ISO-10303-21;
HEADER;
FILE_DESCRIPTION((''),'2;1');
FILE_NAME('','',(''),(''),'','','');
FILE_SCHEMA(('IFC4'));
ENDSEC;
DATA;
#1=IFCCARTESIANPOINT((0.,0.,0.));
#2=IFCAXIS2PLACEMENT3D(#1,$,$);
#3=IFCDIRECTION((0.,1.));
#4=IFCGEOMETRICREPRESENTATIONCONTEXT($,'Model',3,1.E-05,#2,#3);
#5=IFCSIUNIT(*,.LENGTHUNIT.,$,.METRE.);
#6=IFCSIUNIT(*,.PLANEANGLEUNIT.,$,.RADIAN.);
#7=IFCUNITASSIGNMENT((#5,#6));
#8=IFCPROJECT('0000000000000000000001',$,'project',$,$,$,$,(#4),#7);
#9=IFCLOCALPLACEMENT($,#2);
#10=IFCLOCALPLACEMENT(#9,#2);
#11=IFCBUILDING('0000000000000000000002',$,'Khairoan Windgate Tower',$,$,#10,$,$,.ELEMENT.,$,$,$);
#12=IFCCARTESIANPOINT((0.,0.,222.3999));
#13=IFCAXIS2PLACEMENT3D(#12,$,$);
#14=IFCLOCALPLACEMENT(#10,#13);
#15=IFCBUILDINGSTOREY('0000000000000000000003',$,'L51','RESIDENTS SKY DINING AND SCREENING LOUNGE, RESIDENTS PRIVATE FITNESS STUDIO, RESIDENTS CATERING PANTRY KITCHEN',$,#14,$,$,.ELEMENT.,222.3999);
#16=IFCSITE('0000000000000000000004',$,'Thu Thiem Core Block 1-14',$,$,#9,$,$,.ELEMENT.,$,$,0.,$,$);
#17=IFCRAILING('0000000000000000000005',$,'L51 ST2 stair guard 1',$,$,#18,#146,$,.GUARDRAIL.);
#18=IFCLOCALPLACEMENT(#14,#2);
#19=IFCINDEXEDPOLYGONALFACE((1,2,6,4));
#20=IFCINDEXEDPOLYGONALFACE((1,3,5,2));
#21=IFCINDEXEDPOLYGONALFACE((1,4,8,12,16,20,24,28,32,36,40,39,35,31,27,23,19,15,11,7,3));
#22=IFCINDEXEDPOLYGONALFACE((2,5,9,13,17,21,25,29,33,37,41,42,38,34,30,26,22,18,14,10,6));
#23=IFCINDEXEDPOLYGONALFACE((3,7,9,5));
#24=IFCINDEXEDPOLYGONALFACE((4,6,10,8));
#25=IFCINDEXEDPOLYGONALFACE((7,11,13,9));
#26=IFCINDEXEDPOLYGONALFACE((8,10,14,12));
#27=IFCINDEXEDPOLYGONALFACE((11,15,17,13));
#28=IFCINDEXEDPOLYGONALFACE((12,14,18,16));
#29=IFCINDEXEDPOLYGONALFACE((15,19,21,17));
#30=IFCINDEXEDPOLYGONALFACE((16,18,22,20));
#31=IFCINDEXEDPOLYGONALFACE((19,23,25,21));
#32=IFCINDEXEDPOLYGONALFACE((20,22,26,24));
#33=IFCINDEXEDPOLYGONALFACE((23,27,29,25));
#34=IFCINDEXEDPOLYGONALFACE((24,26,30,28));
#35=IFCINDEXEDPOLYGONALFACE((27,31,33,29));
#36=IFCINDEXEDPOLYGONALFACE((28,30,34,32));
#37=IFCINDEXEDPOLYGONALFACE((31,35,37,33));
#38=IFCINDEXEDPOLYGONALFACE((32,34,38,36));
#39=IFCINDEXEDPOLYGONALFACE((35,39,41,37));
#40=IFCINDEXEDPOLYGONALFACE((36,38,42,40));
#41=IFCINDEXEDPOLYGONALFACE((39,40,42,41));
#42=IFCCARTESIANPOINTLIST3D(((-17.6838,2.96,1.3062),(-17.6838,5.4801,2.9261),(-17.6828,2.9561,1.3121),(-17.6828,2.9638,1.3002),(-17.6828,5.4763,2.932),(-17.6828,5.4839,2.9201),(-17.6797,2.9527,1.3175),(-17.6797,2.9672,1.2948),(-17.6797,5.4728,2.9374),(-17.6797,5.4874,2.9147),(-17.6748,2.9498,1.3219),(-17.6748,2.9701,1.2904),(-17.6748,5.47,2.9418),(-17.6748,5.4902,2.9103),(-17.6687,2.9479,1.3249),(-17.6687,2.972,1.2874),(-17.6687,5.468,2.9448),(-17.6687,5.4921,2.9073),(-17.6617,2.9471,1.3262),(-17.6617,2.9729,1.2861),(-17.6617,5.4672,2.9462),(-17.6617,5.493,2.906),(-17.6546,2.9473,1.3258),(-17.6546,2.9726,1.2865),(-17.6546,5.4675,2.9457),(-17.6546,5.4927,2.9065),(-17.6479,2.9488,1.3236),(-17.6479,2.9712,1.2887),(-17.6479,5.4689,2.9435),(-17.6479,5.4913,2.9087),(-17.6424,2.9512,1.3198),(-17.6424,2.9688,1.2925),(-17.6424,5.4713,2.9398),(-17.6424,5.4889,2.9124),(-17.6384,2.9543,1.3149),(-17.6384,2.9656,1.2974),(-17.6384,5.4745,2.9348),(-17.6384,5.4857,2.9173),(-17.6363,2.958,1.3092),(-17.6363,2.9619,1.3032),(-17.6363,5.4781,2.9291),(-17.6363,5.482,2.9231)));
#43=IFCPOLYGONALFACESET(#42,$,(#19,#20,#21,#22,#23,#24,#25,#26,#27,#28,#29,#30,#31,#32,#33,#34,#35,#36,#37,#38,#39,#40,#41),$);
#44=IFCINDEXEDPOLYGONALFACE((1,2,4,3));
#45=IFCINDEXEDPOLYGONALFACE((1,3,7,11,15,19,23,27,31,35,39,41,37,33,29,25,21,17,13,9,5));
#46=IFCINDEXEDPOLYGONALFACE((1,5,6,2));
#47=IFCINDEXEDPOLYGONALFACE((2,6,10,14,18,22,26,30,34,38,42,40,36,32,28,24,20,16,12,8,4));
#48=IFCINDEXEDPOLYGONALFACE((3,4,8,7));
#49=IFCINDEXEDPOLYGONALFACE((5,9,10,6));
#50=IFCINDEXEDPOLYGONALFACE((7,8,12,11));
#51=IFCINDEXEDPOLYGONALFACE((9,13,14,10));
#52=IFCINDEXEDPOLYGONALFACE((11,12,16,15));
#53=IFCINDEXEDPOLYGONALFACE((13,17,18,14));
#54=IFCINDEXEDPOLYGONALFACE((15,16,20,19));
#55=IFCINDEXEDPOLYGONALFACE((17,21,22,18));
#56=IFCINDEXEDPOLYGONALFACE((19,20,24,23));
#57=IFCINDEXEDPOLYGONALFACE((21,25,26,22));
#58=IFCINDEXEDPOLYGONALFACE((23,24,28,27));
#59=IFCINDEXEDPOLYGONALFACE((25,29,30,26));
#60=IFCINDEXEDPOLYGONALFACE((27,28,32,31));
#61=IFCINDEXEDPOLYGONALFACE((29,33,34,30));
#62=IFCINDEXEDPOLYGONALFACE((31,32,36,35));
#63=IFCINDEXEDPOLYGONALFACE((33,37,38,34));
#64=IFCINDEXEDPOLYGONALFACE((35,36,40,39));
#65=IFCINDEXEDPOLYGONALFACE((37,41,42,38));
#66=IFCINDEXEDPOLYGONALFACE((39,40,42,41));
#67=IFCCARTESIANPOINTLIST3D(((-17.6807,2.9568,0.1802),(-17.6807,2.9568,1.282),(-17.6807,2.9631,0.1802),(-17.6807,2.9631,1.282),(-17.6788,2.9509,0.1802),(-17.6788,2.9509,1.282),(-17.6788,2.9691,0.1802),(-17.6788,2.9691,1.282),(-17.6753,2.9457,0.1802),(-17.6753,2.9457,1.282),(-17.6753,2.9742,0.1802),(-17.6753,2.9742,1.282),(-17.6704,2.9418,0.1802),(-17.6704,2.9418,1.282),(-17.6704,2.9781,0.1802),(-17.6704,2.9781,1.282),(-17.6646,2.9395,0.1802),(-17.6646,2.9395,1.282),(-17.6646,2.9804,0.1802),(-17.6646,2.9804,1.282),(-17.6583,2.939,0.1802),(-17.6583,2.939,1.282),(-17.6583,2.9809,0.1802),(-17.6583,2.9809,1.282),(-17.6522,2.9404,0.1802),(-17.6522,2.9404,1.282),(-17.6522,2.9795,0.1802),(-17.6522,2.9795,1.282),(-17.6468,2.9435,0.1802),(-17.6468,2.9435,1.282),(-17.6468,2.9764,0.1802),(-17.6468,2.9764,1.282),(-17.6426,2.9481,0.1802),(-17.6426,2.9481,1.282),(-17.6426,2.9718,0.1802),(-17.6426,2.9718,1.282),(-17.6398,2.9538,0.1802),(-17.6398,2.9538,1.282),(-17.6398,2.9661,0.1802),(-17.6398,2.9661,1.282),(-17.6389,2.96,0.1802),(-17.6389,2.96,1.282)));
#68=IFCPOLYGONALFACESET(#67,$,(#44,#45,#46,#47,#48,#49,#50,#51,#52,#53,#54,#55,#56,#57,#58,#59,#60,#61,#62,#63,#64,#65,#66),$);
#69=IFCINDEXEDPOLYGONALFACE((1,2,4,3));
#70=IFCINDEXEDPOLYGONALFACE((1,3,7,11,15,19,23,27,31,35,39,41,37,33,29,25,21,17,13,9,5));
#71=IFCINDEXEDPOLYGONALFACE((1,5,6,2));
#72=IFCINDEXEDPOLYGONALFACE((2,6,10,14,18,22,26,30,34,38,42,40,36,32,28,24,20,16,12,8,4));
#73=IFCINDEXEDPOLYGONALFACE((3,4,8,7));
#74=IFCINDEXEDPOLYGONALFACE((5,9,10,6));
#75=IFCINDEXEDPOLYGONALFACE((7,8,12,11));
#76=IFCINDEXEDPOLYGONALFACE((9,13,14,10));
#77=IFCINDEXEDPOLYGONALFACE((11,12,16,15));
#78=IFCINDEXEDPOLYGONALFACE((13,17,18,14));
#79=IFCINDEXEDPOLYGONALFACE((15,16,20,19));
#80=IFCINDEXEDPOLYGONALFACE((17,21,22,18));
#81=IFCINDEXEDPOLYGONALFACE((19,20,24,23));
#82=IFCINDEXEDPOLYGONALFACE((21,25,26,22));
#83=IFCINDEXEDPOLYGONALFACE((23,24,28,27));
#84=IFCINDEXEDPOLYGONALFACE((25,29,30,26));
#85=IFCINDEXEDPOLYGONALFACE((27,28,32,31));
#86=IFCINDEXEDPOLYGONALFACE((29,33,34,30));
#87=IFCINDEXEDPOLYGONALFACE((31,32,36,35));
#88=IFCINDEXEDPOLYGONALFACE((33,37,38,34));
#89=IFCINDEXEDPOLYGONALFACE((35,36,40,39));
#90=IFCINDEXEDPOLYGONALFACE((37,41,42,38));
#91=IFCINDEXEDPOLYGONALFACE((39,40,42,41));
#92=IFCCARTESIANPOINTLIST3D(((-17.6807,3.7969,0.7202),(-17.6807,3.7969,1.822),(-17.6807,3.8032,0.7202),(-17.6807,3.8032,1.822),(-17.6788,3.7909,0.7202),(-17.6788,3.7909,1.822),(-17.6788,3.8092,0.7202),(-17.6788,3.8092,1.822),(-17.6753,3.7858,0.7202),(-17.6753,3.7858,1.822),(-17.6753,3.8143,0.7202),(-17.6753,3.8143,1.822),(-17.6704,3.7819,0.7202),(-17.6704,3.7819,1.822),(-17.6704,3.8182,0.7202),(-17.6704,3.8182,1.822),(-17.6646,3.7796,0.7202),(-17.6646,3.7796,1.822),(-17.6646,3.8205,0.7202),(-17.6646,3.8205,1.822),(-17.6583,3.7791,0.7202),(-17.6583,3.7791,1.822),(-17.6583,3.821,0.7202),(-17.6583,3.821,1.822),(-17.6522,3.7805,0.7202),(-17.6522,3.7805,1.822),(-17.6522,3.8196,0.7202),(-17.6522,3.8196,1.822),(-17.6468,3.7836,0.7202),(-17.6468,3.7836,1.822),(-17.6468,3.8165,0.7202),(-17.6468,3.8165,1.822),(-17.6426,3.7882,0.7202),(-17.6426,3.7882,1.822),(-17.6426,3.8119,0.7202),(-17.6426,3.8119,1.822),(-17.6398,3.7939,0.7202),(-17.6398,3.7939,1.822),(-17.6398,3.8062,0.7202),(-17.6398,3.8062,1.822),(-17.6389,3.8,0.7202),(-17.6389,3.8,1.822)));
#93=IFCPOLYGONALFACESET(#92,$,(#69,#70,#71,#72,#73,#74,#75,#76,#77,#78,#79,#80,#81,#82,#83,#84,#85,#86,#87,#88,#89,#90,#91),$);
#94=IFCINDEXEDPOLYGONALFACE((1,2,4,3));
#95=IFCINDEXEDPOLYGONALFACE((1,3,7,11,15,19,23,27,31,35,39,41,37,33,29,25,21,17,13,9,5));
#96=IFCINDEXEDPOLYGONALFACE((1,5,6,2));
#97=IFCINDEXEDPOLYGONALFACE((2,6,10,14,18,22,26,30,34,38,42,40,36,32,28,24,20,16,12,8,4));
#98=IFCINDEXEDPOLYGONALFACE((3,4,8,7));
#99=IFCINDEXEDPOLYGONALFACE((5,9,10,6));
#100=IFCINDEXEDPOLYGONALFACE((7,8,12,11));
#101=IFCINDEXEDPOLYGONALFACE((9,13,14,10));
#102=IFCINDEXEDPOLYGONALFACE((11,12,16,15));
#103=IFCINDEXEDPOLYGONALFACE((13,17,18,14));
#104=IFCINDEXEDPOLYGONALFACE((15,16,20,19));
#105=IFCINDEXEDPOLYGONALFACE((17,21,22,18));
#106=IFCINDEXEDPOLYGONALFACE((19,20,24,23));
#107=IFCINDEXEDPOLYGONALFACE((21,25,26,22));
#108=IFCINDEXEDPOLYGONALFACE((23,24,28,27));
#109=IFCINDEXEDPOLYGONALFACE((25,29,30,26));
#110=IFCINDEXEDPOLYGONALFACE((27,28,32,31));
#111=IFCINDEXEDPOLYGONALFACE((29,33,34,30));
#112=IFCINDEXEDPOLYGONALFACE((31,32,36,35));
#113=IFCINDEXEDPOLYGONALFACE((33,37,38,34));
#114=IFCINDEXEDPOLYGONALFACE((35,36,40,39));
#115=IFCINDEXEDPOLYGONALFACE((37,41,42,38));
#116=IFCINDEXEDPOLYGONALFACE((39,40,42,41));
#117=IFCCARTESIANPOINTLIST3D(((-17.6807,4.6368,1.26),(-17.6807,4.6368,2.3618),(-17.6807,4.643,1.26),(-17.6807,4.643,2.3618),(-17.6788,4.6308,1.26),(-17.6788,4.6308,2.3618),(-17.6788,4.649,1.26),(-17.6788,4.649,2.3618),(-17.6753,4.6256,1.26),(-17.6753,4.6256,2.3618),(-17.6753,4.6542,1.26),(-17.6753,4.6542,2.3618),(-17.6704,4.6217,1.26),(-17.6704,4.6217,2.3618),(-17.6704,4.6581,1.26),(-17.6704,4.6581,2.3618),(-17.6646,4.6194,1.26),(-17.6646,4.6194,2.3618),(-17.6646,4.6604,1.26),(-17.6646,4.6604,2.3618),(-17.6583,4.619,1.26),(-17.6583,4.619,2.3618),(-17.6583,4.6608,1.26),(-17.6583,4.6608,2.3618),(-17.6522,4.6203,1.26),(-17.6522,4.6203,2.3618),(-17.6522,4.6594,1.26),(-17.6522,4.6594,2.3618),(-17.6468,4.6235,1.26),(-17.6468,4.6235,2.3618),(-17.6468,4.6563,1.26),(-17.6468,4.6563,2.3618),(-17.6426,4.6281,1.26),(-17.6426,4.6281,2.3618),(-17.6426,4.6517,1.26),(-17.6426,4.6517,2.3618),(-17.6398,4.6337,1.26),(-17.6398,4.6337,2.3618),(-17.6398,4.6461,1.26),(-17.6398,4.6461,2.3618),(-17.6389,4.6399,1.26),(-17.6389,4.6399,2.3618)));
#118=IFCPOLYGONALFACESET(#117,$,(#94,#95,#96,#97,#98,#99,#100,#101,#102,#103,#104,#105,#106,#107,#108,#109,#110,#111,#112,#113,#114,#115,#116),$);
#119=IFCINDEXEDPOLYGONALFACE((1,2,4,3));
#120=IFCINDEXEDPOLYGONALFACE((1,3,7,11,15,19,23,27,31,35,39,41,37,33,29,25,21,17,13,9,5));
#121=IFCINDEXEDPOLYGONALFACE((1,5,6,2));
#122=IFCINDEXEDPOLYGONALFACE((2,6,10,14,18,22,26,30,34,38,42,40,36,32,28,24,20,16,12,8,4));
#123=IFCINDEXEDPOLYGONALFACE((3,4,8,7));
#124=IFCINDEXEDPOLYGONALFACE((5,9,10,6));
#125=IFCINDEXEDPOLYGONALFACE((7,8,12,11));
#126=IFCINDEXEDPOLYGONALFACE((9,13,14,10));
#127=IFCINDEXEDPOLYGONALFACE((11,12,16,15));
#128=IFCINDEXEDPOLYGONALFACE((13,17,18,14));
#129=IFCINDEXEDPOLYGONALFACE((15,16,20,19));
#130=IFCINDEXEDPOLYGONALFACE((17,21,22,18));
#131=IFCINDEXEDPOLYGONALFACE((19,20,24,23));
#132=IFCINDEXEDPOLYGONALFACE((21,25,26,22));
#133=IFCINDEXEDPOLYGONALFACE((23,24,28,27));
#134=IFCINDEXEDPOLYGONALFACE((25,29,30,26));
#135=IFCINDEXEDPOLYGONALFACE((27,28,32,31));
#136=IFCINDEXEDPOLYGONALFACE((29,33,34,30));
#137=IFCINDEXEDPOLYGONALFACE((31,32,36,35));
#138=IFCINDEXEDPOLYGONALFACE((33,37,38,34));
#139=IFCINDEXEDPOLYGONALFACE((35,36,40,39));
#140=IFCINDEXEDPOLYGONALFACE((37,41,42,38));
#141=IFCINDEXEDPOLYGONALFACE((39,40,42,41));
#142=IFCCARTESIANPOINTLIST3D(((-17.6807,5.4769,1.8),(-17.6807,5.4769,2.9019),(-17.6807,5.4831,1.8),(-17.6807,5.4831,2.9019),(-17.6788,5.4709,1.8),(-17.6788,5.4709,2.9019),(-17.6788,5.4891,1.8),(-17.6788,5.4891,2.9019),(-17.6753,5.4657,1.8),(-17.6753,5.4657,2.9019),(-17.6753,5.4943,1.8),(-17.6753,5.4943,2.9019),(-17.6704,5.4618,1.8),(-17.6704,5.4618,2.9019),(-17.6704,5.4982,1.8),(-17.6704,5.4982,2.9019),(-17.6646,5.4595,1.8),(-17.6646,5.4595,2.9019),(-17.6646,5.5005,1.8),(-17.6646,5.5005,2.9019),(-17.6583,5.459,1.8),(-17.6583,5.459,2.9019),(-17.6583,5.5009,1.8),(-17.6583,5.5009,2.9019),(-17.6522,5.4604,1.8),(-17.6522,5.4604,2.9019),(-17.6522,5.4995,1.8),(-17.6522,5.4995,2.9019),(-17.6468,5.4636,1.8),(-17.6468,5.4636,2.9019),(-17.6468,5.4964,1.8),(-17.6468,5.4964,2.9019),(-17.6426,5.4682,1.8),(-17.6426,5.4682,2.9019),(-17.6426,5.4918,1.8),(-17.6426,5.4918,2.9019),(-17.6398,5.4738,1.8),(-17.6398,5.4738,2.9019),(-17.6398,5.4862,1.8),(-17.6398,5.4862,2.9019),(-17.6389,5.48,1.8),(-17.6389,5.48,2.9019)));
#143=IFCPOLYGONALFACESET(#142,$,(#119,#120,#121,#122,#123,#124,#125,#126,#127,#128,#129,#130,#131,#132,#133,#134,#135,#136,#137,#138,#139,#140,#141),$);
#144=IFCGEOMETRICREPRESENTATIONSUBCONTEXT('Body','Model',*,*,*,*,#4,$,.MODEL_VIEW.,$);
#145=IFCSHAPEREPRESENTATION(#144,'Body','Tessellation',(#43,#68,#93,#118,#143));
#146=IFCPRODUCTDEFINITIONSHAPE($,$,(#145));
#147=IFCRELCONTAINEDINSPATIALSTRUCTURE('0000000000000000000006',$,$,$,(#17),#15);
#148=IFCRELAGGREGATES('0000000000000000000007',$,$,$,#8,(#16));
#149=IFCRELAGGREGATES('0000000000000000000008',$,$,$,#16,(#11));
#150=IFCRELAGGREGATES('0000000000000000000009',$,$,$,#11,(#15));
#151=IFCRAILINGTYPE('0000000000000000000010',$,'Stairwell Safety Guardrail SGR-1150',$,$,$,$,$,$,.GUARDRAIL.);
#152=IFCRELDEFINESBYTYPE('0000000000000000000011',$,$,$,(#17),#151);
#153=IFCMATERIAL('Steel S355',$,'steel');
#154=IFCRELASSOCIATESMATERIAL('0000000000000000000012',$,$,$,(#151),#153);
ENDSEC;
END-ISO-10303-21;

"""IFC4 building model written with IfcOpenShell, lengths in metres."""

from ifc_helpers import new_model, si_unit, direction, frame, origin, origin_2d, place, context, subcontext, project, spatial, circle, extrude, material, type_object, element, save


model = new_model("IFC4")

# Units and contexts
model_context = context("Model", 3, precision=1e-05, world=origin(), true_north=direction((0.0, 1.0)))
body_context = subcontext(model_context, "Body", "Model", "MODEL_VIEW")
ifc_project = project(units=[si_unit("LENGTHUNIT", "METRE"), si_unit("PLANEANGLEUNIT", "RADIAN")], contexts=[model_context])

# Site, building, storey
site_placement = place(None, origin())
site = spatial("IfcSite", under=ifc_project, at=site_placement, Name="Thu Thiem Core Block 1-14", CompositionType="ELEMENT", RefElevation=0.0)
building_placement = place(site_placement, origin())
building = spatial("IfcBuilding", under=site, at=building_placement, Name="Khairoan Windgate Tower", CompositionType="ELEMENT")
storey_placement = place(building_placement, frame((0.0, 0.0, 222.3999)))
storey = spatial("IfcBuildingStorey", under=building, at=storey_placement, Name="L51", Description="RESIDENTS SKY DINING AND SCREENING LOUNGE, RESIDENTS PRIVATE FITNESS STUDIO, RESIDENTS CATERING PANTRY KITCHEN", CompositionType="ELEMENT", Elevation=222.3999)

# Railing
ifc_material_1 = material(Name="Steel S355", Category="steel")
railing_type_1 = type_object("IfcRailingType", Name="Stairwell Safety Guardrail SGR-1150", PredefinedType="GUARDRAIL", material=ifc_material_1)
railing_1_placement = place(storey_placement, frame((-17.6599, 2.96, 0.1802)))
element("IfcRailing", 1, at=railing_1_placement, inside=storey, type_object=railing_type_1, Name="L51 ST2 stair guard 1", PredefinedType="GUARDRAIL", context=body_context, shape_type="SweptSolid", body=[
    extrude(circle(Radius=0.0239, at=origin_2d()), frame((0.0, 0.0, 1.126), z_axis=(0.0, 0.8412, 0.540725), x_axis=(-1.0, 0.0, 0.0)), (0.0, 0.0, 1.0), 2.9958),
    extrude(circle(Radius=0.021, at=origin_2d()), origin(), (0.0, 0.0, 1.0), 1.1018),
    extrude(circle(Radius=0.021, at=origin_2d()), frame((0.0, 0.8401, 0.54)), (0.0, 0.0, 1.0), 1.1018),
    extrude(circle(Radius=0.021, at=origin_2d()), frame((0.0, 1.6799, 1.0798)), (0.0, 0.0, 1.0), 1.1018),
    extrude(circle(Radius=0.021, at=origin_2d()), frame((0.0, 2.52, 1.6199)), (0.0, 0.0, 1.0), 1.1018),
])

save(model, "model.ifc")
